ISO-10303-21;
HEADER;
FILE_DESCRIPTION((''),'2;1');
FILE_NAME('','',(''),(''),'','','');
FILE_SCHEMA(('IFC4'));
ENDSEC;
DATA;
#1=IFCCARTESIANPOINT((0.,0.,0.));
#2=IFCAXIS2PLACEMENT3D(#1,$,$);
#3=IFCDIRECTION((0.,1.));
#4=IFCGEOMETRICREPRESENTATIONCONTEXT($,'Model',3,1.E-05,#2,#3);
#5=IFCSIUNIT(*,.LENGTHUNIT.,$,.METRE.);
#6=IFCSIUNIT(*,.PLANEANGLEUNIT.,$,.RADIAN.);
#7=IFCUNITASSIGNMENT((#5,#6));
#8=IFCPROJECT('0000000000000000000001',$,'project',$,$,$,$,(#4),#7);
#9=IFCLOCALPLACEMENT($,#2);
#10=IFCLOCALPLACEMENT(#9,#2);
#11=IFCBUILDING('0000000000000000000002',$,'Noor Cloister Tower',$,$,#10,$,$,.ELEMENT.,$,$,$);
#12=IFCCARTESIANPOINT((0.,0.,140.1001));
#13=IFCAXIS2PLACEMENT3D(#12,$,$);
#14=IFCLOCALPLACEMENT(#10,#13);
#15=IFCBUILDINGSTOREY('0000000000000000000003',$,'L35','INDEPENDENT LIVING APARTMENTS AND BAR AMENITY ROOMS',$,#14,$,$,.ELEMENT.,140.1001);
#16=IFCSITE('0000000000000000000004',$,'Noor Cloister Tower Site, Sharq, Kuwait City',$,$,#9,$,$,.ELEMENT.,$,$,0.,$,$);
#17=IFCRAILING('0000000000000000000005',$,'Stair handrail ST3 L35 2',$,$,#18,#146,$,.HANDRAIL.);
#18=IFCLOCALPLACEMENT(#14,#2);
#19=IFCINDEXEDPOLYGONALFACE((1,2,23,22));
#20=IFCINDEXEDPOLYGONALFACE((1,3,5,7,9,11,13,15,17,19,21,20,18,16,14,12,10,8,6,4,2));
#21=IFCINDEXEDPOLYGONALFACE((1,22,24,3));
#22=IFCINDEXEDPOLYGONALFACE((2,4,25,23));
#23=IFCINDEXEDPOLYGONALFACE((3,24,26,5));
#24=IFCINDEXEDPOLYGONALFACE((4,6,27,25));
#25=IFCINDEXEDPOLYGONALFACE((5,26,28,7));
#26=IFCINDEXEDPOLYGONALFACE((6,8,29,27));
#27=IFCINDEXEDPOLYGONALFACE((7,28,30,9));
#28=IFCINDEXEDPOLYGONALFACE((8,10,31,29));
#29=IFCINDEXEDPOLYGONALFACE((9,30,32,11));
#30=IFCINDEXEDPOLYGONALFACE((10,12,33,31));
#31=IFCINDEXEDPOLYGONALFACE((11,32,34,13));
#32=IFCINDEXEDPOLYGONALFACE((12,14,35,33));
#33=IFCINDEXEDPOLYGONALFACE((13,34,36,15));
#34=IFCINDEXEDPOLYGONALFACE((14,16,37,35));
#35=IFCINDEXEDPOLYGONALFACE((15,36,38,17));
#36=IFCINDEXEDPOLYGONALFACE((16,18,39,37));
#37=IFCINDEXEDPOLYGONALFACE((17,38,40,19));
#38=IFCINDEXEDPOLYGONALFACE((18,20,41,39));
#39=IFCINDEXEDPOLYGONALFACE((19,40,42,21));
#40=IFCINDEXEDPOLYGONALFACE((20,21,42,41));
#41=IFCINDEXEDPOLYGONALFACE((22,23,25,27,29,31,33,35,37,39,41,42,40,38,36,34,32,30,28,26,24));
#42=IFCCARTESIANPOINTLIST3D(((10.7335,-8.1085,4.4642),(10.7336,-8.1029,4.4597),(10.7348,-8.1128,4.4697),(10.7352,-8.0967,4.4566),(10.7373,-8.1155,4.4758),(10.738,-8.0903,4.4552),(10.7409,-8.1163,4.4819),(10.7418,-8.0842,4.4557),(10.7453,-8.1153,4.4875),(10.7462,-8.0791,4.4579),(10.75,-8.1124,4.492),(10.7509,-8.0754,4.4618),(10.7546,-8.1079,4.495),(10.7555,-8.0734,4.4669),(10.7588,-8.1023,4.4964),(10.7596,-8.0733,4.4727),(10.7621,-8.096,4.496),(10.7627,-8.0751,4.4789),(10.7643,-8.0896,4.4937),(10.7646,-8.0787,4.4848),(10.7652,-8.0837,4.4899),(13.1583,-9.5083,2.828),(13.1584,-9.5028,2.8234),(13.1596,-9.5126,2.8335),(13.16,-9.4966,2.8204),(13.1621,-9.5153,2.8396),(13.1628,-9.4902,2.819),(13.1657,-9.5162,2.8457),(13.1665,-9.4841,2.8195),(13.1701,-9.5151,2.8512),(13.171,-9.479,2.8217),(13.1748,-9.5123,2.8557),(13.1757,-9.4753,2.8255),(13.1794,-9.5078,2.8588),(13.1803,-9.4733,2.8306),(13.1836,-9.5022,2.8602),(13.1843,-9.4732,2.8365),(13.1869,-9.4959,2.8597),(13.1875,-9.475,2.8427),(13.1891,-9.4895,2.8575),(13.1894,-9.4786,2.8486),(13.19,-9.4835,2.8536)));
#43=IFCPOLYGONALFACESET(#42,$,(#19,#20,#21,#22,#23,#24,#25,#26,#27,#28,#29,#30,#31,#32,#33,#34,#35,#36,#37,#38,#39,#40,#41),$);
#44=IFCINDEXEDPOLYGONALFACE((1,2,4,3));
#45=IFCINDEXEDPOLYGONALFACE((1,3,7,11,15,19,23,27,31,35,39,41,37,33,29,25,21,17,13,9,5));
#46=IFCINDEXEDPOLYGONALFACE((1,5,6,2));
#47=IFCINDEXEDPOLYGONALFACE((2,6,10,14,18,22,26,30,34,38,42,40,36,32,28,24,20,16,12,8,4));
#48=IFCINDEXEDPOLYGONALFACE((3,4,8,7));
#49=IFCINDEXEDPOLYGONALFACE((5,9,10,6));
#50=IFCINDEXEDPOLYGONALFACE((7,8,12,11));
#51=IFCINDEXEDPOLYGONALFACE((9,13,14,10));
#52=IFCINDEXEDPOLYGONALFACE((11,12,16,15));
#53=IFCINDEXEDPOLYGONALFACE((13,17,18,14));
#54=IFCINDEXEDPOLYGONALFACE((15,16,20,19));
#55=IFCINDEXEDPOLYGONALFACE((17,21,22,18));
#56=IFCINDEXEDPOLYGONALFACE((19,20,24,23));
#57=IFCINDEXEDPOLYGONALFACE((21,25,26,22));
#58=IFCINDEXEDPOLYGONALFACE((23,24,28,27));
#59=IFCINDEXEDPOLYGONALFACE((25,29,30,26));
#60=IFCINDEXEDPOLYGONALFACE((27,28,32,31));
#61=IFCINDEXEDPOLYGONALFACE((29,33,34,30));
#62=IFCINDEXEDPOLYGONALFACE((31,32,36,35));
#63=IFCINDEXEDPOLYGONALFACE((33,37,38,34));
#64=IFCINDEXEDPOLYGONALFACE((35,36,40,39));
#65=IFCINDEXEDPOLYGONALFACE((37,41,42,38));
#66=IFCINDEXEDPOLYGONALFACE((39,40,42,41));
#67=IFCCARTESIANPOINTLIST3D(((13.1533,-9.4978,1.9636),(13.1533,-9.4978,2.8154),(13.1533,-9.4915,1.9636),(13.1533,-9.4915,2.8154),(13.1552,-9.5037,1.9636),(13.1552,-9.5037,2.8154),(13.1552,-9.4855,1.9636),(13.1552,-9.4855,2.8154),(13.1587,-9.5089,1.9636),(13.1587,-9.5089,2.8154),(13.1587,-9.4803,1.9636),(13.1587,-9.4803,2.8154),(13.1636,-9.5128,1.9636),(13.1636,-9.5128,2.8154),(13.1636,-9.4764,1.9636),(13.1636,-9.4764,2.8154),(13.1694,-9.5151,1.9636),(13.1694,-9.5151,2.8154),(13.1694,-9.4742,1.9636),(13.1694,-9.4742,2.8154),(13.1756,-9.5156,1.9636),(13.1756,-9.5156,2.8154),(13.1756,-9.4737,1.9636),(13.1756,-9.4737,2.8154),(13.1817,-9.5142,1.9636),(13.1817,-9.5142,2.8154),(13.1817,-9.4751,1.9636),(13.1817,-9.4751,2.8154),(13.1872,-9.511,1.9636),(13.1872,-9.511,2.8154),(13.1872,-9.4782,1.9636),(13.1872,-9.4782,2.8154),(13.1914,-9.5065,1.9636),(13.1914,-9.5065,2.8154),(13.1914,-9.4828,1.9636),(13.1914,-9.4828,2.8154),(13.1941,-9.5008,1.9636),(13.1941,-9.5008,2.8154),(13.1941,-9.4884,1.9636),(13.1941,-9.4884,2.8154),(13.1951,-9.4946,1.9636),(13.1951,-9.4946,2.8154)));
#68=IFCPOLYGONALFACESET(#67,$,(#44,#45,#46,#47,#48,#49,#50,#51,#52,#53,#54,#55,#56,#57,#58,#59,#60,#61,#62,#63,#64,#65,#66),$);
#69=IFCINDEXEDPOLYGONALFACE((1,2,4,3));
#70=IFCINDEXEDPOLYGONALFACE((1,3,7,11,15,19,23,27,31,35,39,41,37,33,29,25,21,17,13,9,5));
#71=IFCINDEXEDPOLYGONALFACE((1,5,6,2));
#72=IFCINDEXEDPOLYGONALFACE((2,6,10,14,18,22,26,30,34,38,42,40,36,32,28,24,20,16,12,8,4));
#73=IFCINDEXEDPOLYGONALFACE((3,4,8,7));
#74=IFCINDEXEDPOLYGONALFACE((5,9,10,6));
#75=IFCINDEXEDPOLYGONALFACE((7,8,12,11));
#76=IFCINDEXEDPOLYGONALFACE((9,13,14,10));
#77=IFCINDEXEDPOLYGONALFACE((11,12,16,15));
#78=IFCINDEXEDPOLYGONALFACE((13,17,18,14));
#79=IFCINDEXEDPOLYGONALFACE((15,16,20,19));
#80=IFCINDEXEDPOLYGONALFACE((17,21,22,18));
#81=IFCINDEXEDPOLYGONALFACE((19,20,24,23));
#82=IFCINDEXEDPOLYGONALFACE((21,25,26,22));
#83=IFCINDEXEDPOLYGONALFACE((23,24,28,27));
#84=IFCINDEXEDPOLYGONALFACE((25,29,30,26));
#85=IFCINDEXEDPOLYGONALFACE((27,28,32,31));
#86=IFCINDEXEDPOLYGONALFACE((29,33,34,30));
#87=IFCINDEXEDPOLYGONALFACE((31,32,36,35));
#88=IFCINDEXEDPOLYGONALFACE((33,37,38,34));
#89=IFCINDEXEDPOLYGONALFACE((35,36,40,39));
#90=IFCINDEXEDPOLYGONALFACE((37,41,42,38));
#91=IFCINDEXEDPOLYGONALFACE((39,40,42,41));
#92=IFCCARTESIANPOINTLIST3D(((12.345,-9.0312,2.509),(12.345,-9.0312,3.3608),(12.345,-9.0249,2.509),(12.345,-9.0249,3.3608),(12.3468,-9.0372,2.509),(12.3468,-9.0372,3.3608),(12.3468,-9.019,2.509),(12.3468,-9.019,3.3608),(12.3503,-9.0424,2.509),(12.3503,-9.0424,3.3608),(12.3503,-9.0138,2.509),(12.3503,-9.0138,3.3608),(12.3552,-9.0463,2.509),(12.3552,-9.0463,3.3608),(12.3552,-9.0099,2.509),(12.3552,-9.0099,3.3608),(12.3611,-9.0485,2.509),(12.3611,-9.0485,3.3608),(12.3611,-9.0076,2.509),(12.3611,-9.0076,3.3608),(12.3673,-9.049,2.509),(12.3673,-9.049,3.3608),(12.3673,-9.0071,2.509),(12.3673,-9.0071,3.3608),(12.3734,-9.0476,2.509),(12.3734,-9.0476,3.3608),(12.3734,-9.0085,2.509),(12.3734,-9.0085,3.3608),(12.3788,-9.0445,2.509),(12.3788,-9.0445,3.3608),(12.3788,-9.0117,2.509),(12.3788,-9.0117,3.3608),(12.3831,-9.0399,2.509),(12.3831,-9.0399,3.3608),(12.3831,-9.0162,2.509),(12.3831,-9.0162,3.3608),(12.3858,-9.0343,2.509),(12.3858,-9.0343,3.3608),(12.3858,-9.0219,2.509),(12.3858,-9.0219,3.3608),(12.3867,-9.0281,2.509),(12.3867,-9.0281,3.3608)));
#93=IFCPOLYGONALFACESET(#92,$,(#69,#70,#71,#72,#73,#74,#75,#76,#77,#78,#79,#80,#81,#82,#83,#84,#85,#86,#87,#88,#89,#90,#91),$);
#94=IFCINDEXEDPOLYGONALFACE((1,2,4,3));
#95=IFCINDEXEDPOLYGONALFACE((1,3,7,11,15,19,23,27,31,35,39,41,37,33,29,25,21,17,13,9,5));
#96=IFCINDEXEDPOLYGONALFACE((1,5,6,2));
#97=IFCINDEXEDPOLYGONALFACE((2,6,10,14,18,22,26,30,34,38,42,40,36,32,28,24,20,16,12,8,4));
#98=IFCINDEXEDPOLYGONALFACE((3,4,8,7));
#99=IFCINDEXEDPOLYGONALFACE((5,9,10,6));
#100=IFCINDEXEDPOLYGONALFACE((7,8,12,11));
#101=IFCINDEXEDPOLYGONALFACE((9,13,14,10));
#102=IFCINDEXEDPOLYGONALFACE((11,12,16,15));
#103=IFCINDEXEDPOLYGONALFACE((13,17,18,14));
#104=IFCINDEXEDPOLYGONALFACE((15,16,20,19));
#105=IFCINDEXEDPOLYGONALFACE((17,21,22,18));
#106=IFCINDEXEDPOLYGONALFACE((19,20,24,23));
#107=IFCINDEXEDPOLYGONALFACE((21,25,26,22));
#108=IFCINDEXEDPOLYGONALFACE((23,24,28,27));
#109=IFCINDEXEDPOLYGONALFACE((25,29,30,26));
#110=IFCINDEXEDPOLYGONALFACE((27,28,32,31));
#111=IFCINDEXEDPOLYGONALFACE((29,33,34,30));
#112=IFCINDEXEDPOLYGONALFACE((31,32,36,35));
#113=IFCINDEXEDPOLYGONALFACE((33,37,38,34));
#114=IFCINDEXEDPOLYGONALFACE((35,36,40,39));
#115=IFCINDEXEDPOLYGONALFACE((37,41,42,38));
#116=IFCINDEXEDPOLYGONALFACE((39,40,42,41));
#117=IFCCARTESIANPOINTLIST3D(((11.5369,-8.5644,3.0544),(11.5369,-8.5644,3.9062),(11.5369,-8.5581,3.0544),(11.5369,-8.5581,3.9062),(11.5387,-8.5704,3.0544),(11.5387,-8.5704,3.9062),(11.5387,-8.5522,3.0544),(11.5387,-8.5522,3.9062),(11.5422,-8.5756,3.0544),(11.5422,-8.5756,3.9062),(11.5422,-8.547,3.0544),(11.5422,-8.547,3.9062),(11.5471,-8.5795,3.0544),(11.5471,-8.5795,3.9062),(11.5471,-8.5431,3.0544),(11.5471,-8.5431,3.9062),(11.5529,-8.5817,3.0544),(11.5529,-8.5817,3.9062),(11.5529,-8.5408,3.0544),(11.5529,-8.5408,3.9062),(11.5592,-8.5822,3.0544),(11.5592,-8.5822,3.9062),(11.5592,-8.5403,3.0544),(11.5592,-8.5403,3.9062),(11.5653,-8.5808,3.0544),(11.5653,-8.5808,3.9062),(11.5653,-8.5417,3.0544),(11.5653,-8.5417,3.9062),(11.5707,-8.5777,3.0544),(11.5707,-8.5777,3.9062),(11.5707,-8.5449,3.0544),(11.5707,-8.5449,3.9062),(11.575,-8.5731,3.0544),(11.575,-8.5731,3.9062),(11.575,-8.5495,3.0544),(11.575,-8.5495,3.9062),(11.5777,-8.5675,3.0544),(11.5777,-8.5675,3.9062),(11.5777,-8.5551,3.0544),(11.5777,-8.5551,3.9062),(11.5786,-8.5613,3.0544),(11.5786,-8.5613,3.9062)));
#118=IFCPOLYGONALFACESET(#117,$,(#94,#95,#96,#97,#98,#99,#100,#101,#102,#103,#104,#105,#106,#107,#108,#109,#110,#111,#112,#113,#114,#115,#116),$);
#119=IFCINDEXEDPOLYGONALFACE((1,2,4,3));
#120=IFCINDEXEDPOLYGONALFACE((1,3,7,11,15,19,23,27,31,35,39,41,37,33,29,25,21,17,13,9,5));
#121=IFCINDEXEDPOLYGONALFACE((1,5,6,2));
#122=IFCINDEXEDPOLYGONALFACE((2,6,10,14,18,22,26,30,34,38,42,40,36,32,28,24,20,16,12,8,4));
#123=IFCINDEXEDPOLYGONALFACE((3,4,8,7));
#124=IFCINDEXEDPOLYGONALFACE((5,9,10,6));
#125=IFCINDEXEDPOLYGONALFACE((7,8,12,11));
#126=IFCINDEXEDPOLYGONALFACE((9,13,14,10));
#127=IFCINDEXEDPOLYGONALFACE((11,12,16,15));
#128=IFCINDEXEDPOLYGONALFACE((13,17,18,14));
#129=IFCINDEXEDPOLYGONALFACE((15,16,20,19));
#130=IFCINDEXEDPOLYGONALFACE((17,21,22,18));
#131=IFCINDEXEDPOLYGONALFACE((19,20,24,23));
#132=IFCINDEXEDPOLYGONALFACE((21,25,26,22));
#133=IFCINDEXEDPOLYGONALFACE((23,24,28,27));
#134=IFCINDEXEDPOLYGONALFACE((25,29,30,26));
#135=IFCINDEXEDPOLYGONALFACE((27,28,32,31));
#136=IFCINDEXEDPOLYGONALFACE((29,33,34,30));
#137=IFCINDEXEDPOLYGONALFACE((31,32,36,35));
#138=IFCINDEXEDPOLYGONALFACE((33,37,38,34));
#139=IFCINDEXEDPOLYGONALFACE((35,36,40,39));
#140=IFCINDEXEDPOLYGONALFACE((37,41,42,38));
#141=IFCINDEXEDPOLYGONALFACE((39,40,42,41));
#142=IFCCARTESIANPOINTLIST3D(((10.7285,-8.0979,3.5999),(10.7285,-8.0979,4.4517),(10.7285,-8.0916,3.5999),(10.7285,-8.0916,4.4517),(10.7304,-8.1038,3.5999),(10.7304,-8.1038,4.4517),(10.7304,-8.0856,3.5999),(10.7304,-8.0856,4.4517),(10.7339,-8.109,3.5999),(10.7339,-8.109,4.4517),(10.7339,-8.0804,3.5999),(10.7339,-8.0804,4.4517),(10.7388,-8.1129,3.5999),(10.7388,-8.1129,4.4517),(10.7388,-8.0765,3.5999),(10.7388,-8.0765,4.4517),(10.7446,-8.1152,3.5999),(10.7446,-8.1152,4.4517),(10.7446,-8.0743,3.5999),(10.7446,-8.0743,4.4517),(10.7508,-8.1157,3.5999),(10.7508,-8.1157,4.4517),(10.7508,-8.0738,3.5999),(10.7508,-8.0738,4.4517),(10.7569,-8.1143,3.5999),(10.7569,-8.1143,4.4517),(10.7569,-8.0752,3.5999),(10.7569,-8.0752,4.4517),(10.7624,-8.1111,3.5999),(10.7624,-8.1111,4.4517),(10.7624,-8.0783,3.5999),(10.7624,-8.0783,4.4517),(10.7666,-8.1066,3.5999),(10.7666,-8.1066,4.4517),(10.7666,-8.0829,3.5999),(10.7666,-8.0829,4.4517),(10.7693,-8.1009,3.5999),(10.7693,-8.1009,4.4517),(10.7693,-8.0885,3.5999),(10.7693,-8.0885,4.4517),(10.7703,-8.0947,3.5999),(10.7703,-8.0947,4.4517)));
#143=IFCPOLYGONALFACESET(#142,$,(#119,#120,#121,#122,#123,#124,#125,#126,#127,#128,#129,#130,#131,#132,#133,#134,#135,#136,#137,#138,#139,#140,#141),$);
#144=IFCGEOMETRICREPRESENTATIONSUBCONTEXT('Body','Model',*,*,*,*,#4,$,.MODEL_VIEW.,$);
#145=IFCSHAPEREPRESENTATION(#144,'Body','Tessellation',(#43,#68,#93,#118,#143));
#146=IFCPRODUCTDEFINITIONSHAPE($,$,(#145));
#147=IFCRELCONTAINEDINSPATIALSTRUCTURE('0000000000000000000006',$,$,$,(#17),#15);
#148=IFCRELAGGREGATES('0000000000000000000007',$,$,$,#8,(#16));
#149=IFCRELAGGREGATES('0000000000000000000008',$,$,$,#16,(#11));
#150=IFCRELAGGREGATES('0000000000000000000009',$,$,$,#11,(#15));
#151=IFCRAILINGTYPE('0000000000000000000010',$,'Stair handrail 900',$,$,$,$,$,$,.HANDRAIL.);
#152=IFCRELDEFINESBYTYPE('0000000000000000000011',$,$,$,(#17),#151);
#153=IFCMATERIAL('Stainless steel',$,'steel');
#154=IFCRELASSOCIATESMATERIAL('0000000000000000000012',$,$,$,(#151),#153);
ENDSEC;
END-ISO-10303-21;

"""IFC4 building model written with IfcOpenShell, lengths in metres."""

from ifc_helpers import new_model, si_unit, direction, frame, origin, origin_2d, place, context, subcontext, project, spatial, circle, extrude, material, type_object, element, save


model = new_model("IFC4")

# Units and contexts
model_context = context("Model", 3, precision=1e-05, world=origin(), true_north=direction((0.0, 1.0)))
body_context = subcontext(model_context, "Body", "Model", "MODEL_VIEW")
ifc_project = project(units=[si_unit("LENGTHUNIT", "METRE"), si_unit("PLANEANGLEUNIT", "RADIAN")], contexts=[model_context])

# Site, building, storey
site_placement = place(None, origin())
site = spatial("IfcSite", under=ifc_project, at=site_placement, Name="Noor Cloister Tower Site, Sharq, Kuwait City", CompositionType="ELEMENT", RefElevation=0.0)
building_placement = place(site_placement, origin())
building = spatial("IfcBuilding", under=site, at=building_placement, Name="Noor Cloister Tower", CompositionType="ELEMENT")
storey_placement = place(building_placement, frame((0.0, 0.0, 140.1001)))
storey = spatial("IfcBuildingStorey", under=building, at=storey_placement, Name="L35", Description="INDEPENDENT LIVING APARTMENTS AND BAR AMENITY ROOMS", CompositionType="ELEMENT", Elevation=140.1001)

# Railing
ifc_material_1 = material(Name="Stainless steel", Category="steel")
railing_type_1 = type_object("IfcRailingType", Name="Stair handrail 900", PredefinedType="HANDRAIL", material=ifc_material_1)
railing_1_placement = place(storey_placement, frame((13.1741, -9.4946, 1.9636)))
element("IfcRailing", 1, at=railing_1_placement, inside=storey, type_object=railing_type_1, Name="Stair handrail ST3 L35 2", PredefinedType="HANDRAIL", context=body_context, shape_type="SweptSolid", body=[
    extrude(circle(Radius=0.0239, at=origin_2d()), frame((0.0, 0.0, 0.876), z_axis=(-0.747718, 0.431677, 0.504552), x_axis=(-0.499984, -0.866035, 0.0)), (0.0, 0.0, 1.0), 3.2429),
    extrude(circle(Radius=0.021, at=origin_2d()), origin(), (0.0, 0.0, 1.0), 0.8518),
    extrude(circle(Radius=0.021, at=origin_2d()), frame((-0.8083, 0.4666, 0.5454)), (0.0, 0.0, 1.0), 0.8518),
    extrude(circle(Radius=0.021, at=origin_2d()), frame((-1.6165, 0.9333, 1.0908)), (0.0, 0.0, 1.0), 0.8518),
    extrude(circle(Radius=0.021, at=origin_2d()), frame((-2.4248, 1.3999, 1.6362)), (0.0, 0.0, 1.0), 0.8518),
])

save(model, "model.ifc")
